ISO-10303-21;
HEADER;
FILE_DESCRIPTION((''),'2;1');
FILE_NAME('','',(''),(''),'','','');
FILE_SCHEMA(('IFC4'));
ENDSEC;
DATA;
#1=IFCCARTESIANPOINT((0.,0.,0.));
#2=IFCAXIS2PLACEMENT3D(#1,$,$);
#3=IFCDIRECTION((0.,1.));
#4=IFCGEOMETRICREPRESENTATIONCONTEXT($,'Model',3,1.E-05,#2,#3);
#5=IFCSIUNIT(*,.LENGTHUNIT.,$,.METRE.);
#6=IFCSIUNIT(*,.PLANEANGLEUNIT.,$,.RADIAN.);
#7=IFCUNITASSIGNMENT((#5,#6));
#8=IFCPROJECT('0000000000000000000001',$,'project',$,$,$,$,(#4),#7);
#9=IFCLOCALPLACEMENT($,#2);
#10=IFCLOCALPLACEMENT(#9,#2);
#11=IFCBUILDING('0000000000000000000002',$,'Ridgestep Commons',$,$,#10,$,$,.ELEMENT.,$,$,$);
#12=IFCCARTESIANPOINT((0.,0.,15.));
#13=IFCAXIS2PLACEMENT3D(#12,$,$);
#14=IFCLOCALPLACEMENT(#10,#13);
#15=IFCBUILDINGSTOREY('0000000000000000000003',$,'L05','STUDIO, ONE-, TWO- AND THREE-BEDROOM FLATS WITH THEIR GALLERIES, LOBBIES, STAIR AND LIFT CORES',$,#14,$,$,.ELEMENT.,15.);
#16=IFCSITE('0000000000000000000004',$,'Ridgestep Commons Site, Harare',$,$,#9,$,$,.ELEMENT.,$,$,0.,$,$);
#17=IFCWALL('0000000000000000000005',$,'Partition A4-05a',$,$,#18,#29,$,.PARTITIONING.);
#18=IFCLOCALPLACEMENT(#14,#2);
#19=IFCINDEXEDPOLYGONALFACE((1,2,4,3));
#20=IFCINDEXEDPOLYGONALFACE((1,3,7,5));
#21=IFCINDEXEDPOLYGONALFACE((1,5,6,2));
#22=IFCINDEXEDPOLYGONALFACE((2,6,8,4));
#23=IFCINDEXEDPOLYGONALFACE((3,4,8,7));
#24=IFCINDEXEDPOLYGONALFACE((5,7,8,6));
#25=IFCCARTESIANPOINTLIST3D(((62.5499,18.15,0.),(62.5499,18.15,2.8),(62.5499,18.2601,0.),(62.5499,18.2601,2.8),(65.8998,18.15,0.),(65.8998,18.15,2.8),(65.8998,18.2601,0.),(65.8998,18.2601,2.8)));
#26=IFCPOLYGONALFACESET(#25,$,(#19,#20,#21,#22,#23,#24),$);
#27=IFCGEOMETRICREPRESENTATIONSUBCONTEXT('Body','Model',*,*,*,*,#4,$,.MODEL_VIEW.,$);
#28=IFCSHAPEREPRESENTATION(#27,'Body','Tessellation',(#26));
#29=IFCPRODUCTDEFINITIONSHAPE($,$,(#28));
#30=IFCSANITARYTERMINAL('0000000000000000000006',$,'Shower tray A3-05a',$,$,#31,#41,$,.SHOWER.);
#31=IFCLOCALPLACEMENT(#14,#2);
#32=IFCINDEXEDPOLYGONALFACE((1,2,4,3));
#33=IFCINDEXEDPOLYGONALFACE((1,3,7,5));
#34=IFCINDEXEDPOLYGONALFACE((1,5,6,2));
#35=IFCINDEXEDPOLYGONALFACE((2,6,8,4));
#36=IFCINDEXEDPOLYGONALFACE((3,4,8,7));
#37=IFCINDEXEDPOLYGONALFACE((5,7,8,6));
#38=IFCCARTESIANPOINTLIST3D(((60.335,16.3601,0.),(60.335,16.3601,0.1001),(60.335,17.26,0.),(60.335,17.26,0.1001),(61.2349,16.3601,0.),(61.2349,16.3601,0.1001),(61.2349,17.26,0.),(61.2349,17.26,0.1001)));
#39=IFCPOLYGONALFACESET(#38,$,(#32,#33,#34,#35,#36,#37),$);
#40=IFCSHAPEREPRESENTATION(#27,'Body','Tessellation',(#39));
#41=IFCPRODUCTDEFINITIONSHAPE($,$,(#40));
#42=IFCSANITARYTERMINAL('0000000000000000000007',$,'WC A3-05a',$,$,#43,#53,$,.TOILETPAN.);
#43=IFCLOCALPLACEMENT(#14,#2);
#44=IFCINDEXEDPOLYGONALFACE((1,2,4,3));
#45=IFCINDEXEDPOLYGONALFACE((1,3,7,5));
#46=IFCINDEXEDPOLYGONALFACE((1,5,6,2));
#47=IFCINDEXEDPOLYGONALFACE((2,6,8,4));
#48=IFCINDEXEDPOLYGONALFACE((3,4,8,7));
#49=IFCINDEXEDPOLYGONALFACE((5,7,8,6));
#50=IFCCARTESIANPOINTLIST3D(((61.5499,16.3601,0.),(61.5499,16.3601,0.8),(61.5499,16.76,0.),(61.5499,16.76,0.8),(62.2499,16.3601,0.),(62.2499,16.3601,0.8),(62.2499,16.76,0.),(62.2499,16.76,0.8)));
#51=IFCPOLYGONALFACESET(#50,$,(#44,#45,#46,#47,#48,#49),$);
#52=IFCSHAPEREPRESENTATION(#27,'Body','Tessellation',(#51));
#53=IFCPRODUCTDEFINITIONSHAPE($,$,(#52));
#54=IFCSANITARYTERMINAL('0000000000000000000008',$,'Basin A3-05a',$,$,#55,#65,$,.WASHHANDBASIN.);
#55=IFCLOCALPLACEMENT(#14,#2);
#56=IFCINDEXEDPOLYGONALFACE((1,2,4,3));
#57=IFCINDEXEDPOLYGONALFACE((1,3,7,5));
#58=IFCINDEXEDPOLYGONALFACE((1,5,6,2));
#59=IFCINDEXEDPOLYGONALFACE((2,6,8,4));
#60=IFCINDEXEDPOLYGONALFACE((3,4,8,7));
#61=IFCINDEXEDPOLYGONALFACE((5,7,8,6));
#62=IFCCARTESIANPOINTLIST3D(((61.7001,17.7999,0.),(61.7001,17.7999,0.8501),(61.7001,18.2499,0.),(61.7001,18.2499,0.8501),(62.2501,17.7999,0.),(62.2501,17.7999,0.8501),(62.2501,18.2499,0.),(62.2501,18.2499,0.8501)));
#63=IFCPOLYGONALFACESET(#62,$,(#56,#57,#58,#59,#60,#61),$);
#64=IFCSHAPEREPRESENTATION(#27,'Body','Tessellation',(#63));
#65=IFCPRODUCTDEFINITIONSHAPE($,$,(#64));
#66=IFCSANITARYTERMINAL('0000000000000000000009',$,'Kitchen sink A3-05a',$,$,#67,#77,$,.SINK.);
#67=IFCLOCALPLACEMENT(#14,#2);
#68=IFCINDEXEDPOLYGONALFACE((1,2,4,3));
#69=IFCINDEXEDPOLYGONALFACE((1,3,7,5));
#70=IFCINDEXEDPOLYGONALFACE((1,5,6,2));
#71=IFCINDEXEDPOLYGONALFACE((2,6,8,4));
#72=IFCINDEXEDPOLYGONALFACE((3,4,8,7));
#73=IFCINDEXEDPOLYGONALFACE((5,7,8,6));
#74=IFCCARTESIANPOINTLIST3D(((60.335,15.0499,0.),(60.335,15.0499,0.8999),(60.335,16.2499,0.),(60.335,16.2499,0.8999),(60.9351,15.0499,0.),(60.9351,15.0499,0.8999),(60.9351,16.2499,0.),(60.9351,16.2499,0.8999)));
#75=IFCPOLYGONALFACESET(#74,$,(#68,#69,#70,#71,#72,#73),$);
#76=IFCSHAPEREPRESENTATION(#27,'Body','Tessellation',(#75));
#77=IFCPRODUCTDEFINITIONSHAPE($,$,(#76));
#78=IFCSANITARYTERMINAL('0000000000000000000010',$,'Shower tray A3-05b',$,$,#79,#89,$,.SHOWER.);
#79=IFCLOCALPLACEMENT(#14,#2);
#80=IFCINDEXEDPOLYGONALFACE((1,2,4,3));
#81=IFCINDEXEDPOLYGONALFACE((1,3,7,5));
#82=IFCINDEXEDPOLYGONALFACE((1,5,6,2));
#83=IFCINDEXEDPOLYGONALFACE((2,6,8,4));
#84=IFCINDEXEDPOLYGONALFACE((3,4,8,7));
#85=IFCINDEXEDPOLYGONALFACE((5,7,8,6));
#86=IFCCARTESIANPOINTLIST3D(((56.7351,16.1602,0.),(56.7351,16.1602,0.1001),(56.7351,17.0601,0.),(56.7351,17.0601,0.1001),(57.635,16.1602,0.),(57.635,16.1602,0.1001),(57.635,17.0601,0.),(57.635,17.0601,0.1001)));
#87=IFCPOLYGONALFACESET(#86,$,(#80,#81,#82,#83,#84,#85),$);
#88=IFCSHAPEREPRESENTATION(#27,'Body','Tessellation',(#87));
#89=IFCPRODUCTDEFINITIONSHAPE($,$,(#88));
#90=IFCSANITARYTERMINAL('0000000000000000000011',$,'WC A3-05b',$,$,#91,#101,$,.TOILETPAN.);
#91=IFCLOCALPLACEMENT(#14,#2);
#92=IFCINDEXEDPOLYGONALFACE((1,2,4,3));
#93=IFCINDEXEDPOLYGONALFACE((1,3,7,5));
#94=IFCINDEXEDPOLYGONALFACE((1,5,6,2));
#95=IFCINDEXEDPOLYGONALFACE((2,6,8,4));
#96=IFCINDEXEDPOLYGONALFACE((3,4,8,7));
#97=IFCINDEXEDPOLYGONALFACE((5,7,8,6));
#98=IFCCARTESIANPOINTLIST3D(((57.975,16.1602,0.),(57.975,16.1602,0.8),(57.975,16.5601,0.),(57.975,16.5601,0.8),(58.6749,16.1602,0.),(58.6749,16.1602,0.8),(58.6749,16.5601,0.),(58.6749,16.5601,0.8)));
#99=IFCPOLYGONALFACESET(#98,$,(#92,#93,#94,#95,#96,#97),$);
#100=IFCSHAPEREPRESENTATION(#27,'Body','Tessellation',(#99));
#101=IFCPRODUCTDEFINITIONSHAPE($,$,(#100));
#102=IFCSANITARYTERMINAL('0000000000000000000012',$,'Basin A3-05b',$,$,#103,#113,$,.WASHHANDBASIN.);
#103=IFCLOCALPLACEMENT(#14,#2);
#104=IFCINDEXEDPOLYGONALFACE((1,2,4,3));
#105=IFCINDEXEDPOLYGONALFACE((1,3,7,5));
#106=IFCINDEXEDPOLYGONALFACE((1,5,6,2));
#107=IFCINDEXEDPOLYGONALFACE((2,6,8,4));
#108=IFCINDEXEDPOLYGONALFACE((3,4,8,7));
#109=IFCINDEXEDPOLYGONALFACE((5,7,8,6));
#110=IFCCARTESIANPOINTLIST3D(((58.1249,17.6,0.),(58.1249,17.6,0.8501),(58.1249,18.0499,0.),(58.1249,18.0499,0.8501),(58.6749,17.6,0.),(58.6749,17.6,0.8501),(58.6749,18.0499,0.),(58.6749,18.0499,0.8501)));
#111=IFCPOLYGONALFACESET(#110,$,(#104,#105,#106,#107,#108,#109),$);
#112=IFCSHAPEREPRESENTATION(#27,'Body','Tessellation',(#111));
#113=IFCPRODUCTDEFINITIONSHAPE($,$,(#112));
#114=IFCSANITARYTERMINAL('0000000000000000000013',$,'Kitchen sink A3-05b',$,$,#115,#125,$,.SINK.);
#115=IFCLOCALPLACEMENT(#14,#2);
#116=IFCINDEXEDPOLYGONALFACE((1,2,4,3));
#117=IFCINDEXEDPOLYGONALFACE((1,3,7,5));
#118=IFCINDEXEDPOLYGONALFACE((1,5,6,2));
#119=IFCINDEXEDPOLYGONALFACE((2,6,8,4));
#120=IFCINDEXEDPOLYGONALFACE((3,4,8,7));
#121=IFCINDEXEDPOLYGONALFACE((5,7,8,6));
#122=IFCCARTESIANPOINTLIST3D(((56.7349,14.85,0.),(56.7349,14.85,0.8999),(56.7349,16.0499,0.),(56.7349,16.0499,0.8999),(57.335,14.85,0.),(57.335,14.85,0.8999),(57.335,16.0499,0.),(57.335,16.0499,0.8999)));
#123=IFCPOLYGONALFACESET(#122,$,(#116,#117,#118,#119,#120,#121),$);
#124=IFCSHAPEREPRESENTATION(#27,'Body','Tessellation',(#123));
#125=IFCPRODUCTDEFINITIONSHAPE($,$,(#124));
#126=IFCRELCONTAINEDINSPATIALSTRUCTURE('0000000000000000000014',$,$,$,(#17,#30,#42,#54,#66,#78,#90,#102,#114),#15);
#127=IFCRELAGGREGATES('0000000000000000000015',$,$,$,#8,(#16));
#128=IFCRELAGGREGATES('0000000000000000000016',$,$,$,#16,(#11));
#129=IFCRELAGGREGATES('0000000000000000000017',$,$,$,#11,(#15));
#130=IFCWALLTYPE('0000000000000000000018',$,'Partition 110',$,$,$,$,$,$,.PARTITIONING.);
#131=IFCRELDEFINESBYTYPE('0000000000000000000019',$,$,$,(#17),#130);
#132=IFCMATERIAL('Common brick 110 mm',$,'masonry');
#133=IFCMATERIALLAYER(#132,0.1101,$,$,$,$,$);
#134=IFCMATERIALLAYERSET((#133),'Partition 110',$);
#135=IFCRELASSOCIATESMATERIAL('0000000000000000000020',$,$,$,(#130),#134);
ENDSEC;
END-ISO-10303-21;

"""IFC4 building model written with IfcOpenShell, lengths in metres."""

from ifc_helpers import new_model, si_unit, direction, frame, frame_2d, origin, origin_2d, place, context, subcontext, project, spatial, rectangle, extrude, material, layer, layer_set, type_object, element, save


model = new_model("IFC4")

# Units and contexts
model_context = context("Model", 3, precision=1e-05, world=origin(), true_north=direction((0.0, 1.0)))
body_context = subcontext(model_context, "Body", "Model", "MODEL_VIEW")
ifc_project = project(units=[si_unit("LENGTHUNIT", "METRE"), si_unit("PLANEANGLEUNIT", "RADIAN")], contexts=[model_context])

# Site, building, storey
site_placement = place(None, origin())
site = spatial("IfcSite", under=ifc_project, at=site_placement, Name="Ridgestep Commons Site, Harare", CompositionType="ELEMENT", RefElevation=0.0)
building_placement = place(site_placement, origin())
building = spatial("IfcBuilding", under=site, at=building_placement, Name="Ridgestep Commons", CompositionType="ELEMENT")
storey_placement = place(building_placement, frame((0.0, 0.0, 15.0)))
storey = spatial("IfcBuildingStorey", under=building, at=storey_placement, Name="L05", Description="STUDIO, ONE-, TWO- AND THREE-BEDROOM FLATS WITH THEIR GALLERIES, LOBBIES, STAIR AND LIFT CORES", CompositionType="ELEMENT", Elevation=15.0)

# Shared definitions
ifc_material_1 = material(Name="Common brick 110 mm", Category="masonry")
ifc_layer_1 = layer(ifc_material_1, 0.1101)
ifc_layer_set_1 = layer_set([ifc_layer_1], Name="Partition 110")
wall_type_1 = type_object("IfcWallType", Name="Partition 110", PredefinedType="PARTITIONING", material=ifc_layer_set_1)

# Wall
wall_1_placement = place(storey_placement, frame((62.55, 18.2051, 0.0), z_axis=(0.0, 0.0, 1.0), x_axis=(1.0, 0.0, 0.0)))
element("IfcWall", 1, at=wall_1_placement, inside=storey, type_object=wall_type_1, Name="Partition A4-05a", PredefinedType="PARTITIONING", context=body_context, shape_type="SweptSolid", body=[
    extrude(rectangle(XDim=3.3499, YDim=0.1101, at=frame_2d((1.6748, 0.0))), origin(), (0.0, 0.0, 1.0), 2.8),
])

# Sanitary terminals
sanitary_terminal_1_placement = place(storey_placement, frame((60.7849, 16.8101, 0.0), z_axis=(0.0, 0.0, 1.0), x_axis=(1.0, 0.0, 0.0)))
element("IfcSanitaryTerminal", 2, at=sanitary_terminal_1_placement, inside=storey, Name="Shower tray A3-05a", PredefinedType="SHOWER", context=body_context, shape_type="SweptSolid", body=[
    extrude(rectangle(XDim=0.8999, YDim=0.8999, at=origin_2d()), origin(), (0.0, 0.0, 1.0), 0.1001),
])
sanitary_terminal_2_placement = place(storey_placement, frame((61.8999, 16.5601, 0.0), z_axis=(0.0, 0.0, 1.0), x_axis=(1.0, 0.0, 0.0)))
element("IfcSanitaryTerminal", 3, at=sanitary_terminal_2_placement, inside=storey, Name="WC A3-05a", PredefinedType="TOILETPAN", context=body_context, shape_type="SweptSolid", body=[
    extrude(rectangle(XDim=0.7, YDim=0.3999, at=origin_2d()), origin(), (0.0, 0.0, 1.0), 0.8),
])
sanitary_terminal_3_placement = place(storey_placement, frame((61.9751, 18.0249, 0.0), z_axis=(0.0, 0.0, 1.0), x_axis=(1.0, 0.0, 0.0)))
element("IfcSanitaryTerminal", 4, at=sanitary_terminal_3_placement, inside=storey, Name="Basin A3-05a", PredefinedType="WASHHANDBASIN", context=body_context, shape_type="SweptSolid", body=[
    extrude(rectangle(XDim=0.55, YDim=0.45, at=origin_2d()), origin(), (0.0, 0.0, 1.0), 0.8501),
])
sanitary_terminal_4_placement = place(storey_placement, frame((60.635, 15.6499, 0.0), z_axis=(0.0, 0.0, 1.0), x_axis=(1.0, 0.0, 0.0)))
element("IfcSanitaryTerminal", 5, at=sanitary_terminal_4_placement, inside=storey, Name="Kitchen sink A3-05a", PredefinedType="SINK", context=body_context, shape_type="SweptSolid", body=[
    extrude(rectangle(XDim=0.6001, YDim=1.2, at=origin_2d()), origin(), (0.0, 0.0, 1.0), 0.8999),
])
sanitary_terminal_5_placement = place(storey_placement, frame((57.1851, 16.6101, 0.0), z_axis=(0.0, 0.0, 1.0), x_axis=(1.0, 0.0, 0.0)))
element("IfcSanitaryTerminal", 6, at=sanitary_terminal_5_placement, inside=storey, Name="Shower tray A3-05b", PredefinedType="SHOWER", context=body_context, shape_type="SweptSolid", body=[
    extrude(rectangle(XDim=0.8999, YDim=0.8999, at=origin_2d()), origin(), (0.0, 0.0, 1.0), 0.1001),
])
sanitary_terminal_6_placement = place(storey_placement, frame((58.325, 16.3601, 0.0), z_axis=(0.0, 0.0, 1.0), x_axis=(1.0, 0.0, 0.0)))
element("IfcSanitaryTerminal", 7, at=sanitary_terminal_6_placement, inside=storey, Name="WC A3-05b", PredefinedType="TOILETPAN", context=body_context, shape_type="SweptSolid", body=[
    extrude(rectangle(XDim=0.7, YDim=0.3999, at=origin_2d()), origin(), (0.0, 0.0, 1.0), 0.8),
])
sanitary_terminal_7_placement = place(storey_placement, frame((58.3999, 17.825, 0.0), z_axis=(0.0, 0.0, 1.0), x_axis=(1.0, 0.0, 0.0)))
element("IfcSanitaryTerminal", 8, at=sanitary_terminal_7_placement, inside=storey, Name="Basin A3-05b", PredefinedType="WASHHANDBASIN", context=body_context, shape_type="SweptSolid", body=[
    extrude(rectangle(XDim=0.55, YDim=0.45, at=origin_2d()), origin(), (0.0, 0.0, 1.0), 0.8501),
])
sanitary_terminal_8_placement = place(storey_placement, frame((57.0349, 15.45, 0.0), z_axis=(0.0, 0.0, 1.0), x_axis=(1.0, 0.0, 0.0)))
element("IfcSanitaryTerminal", 9, at=sanitary_terminal_8_placement, inside=storey, Name="Kitchen sink A3-05b", PredefinedType="SINK", context=body_context, shape_type="SweptSolid", body=[
    extrude(rectangle(XDim=0.6001, YDim=1.2, at=origin_2d()), origin(), (0.0, 0.0, 1.0), 0.8999),
])

save(model, "model.ifc")
